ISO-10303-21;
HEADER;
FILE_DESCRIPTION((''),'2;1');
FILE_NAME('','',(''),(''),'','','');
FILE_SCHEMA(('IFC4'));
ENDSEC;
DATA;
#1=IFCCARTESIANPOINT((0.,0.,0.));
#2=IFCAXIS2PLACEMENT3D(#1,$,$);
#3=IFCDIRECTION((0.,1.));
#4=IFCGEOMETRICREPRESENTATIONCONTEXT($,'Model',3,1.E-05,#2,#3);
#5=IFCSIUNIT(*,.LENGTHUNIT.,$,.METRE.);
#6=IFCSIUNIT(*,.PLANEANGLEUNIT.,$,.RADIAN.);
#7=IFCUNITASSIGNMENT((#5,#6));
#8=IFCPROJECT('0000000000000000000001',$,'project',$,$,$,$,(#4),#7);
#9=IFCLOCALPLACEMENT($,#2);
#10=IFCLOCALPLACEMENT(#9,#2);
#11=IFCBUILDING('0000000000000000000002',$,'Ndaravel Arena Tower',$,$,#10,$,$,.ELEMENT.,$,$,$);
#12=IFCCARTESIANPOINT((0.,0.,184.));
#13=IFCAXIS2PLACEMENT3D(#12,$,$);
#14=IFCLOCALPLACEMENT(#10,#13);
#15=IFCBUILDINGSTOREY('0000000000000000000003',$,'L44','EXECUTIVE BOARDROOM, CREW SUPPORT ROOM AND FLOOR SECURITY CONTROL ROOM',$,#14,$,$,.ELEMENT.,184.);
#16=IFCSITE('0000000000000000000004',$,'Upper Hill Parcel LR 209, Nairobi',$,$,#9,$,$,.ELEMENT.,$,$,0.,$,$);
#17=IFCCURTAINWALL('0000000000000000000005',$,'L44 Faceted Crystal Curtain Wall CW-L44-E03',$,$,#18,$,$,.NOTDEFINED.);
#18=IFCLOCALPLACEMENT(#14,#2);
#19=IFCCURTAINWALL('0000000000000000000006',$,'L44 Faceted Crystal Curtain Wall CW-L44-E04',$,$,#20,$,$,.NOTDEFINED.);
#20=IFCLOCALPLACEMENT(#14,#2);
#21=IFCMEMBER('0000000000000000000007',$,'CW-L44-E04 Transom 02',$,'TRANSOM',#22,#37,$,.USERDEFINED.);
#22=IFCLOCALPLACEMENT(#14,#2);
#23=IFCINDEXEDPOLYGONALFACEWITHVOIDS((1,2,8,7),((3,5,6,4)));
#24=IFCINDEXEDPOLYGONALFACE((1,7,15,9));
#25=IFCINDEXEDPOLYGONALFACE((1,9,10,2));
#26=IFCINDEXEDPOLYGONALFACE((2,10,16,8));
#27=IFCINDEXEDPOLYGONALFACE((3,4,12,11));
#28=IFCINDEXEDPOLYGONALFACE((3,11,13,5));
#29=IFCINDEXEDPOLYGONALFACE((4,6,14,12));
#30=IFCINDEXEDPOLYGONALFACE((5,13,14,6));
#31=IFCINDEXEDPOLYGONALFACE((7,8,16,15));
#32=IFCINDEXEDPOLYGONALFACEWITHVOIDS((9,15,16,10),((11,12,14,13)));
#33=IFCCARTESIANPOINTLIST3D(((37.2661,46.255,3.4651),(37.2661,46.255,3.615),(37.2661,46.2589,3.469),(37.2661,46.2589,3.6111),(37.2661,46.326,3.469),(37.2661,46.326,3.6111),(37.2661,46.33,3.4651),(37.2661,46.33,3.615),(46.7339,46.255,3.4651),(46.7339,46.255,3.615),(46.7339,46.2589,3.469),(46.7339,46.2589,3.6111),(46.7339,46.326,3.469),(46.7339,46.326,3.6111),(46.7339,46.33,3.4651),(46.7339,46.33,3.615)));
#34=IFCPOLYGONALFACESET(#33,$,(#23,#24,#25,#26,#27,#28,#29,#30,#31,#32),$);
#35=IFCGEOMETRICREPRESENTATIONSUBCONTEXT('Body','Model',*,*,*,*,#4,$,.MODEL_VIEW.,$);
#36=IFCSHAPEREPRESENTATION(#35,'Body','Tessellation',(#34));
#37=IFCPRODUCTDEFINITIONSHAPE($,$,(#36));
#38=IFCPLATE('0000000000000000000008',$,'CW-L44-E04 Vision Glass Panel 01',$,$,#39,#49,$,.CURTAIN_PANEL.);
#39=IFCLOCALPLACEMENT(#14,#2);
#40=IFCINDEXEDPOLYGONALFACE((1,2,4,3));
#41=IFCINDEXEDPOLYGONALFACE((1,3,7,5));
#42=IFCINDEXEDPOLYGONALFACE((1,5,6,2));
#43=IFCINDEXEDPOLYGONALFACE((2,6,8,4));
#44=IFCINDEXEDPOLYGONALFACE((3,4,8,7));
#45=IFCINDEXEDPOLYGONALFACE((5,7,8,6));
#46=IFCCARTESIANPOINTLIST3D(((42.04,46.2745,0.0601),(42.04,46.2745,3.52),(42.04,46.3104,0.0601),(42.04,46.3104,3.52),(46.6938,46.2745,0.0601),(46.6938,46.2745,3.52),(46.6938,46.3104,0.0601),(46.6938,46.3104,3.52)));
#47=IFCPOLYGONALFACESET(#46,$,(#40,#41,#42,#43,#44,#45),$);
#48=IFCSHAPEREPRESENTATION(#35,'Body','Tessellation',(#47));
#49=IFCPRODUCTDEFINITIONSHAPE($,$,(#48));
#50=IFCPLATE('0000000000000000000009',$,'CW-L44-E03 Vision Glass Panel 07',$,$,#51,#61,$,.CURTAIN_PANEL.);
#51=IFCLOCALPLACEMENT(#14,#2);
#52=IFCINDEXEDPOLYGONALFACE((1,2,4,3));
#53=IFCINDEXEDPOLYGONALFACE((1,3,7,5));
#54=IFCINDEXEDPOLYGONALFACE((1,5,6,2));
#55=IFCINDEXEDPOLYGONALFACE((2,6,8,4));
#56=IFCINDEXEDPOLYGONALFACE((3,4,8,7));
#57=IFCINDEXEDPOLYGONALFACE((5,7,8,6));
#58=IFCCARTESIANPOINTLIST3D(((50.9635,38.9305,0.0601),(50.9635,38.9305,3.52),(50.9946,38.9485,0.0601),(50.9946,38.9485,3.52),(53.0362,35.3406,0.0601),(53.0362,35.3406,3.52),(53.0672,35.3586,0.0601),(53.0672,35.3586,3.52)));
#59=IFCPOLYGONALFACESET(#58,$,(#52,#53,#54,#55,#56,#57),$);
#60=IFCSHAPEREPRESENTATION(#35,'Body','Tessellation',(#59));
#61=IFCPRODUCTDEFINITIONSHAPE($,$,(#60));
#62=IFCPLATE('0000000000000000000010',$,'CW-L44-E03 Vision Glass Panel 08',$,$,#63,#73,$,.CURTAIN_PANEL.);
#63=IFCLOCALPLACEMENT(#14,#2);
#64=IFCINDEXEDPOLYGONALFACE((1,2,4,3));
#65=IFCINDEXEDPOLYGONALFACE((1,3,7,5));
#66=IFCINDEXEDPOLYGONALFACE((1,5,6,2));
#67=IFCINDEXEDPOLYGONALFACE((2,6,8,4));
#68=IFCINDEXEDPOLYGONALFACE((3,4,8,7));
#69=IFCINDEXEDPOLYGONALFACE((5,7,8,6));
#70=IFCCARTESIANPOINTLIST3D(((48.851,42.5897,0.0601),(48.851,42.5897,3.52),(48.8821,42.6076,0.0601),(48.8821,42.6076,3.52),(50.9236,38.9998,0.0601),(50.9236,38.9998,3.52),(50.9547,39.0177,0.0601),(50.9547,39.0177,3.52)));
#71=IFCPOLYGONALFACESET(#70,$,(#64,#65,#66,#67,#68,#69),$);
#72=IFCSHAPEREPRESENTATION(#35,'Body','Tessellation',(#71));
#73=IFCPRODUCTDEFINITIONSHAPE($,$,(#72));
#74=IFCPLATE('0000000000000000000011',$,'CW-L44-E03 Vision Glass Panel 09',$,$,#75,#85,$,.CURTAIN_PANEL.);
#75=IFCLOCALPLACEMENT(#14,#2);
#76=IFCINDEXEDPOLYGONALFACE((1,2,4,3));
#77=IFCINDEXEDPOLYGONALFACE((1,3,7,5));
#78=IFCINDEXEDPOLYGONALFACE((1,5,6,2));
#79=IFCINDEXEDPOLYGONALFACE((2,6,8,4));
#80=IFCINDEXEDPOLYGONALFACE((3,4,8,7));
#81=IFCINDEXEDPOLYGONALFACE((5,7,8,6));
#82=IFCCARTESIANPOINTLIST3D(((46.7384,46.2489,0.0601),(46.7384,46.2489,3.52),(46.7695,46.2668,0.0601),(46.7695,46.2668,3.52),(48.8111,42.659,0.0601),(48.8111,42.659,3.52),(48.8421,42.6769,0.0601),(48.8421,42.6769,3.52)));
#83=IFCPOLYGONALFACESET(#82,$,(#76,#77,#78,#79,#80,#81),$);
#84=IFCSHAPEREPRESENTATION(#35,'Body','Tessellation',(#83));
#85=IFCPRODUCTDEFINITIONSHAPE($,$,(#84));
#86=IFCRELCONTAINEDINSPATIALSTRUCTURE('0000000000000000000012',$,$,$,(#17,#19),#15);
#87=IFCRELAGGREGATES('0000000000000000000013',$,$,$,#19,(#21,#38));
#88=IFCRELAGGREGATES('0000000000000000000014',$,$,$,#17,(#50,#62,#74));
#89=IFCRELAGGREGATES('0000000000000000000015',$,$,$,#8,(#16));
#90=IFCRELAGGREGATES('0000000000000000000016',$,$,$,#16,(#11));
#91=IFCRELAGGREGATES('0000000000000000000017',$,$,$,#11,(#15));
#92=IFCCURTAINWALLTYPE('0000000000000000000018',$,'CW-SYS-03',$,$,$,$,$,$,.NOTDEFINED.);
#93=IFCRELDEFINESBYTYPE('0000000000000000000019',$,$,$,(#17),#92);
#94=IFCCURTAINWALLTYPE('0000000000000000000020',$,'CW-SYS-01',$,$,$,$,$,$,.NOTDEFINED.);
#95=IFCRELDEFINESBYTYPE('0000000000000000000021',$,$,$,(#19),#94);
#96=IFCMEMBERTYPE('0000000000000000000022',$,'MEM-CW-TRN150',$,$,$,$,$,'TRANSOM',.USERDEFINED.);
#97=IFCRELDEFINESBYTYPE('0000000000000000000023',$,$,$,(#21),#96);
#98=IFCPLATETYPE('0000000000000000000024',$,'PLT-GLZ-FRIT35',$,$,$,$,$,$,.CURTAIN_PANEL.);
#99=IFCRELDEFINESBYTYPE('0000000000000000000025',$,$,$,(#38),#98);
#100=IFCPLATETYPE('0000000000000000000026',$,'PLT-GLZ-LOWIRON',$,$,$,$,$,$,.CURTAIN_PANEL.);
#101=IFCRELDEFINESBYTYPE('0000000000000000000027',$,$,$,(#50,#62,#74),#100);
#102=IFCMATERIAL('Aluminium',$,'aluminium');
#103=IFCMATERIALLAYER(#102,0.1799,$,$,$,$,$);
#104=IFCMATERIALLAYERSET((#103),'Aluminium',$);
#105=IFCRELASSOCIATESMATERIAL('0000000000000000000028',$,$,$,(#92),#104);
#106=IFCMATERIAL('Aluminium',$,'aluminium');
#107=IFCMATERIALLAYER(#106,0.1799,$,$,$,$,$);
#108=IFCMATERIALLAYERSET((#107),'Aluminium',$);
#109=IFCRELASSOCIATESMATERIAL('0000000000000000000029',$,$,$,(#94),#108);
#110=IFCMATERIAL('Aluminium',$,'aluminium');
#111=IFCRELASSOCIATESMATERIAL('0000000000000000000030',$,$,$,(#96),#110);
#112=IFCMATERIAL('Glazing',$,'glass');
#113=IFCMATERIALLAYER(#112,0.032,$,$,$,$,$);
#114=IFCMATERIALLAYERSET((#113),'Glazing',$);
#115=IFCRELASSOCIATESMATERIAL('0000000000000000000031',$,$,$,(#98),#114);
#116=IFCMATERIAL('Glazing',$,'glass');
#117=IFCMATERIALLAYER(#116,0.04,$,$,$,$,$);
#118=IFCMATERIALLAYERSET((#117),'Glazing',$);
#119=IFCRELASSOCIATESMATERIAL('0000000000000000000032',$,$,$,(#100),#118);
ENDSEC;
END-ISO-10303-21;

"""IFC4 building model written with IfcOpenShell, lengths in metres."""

from ifc_helpers import new_model, si_unit, direction, frame, origin, origin_2d, place, context, subcontext, project, spatial, rectangle, hollow_rectangle, extrude, material, layer, layer_set, material_profile, profile_set, type_object, element, aggregate, save


model = new_model("IFC4")

# Units and contexts
model_context = context("Model", 3, precision=1e-05, world=origin(), true_north=direction((0.0, 1.0)))
body_context = subcontext(model_context, "Body", "Model", "MODEL_VIEW")
ifc_project = project(units=[si_unit("LENGTHUNIT", "METRE"), si_unit("PLANEANGLEUNIT", "RADIAN")], contexts=[model_context])

# Site, building, storey
site_placement = place(None, origin())
site = spatial("IfcSite", under=ifc_project, at=site_placement, Name="Upper Hill Parcel LR 209, Nairobi", CompositionType="ELEMENT", RefElevation=0.0)
building_placement = place(site_placement, origin())
building = spatial("IfcBuilding", under=site, at=building_placement, Name="Ndaravel Arena Tower", CompositionType="ELEMENT")
storey_placement = place(building_placement, frame((0.0, 0.0, 184.0)))
storey = spatial("IfcBuildingStorey", under=building, at=storey_placement, Name="L44", Description="EXECUTIVE BOARDROOM, CREW SUPPORT ROOM AND FLOOR SECURITY CONTROL ROOM", CompositionType="ELEMENT", Elevation=184.0)

# Curtain wall
ifc_material_1 = material(Name="Aluminium", Category="aluminium")
ifc_layer_1 = layer(ifc_material_1, 0.1799)
ifc_layer_set_1 = layer_set([ifc_layer_1], Name="Aluminium")
curtain_wall_type_1 = type_object("IfcCurtainWallType", Name="CW-SYS-03", PredefinedType="NOTDEFINED", material=ifc_layer_set_1)
curtain_wall_1_placement = place(storey_placement, origin())
curtain_wall_1 = element("IfcCurtainWall", 1, at=curtain_wall_1_placement, inside=storey, type_object=curtain_wall_type_1, Name="L44 Faceted Crystal Curtain Wall CW-L44-E03", PredefinedType="NOTDEFINED")

# Curtain wall, member, plate
ifc_material_2 = material(Name="Aluminium", Category="aluminium")
ifc_layer_2 = layer(ifc_material_2, 0.1799)
ifc_layer_set_2 = layer_set([ifc_layer_2], Name="Aluminium")
curtain_wall_type_2 = type_object("IfcCurtainWallType", Name="CW-SYS-01", PredefinedType="NOTDEFINED", material=ifc_layer_set_2)
curtain_wall_2_placement = place(storey_placement, origin())
curtain_wall_2 = element("IfcCurtainWall", 2, at=curtain_wall_2_placement, inside=storey, type_object=curtain_wall_type_2, Name="L44 Faceted Crystal Curtain Wall CW-L44-E04", PredefinedType="NOTDEFINED")
ifc_material_3 = material(Name="Aluminium", Category="aluminium")
ifc_material_profile_1 = material_profile(ifc_material_3, hollow_rectangle(XDim=0.075, YDim=0.1499, WallThickness=0.0039, at=origin_2d()), Name="CW TRANSOM 75x150x4")
ifc_profile_set_1 = profile_set([ifc_material_profile_1], Name="Aluminium")
member_type_1 = type_object("IfcMemberType", Name="MEM-CW-TRN150", ElementType="TRANSOM", PredefinedType="USERDEFINED", material=ifc_profile_set_1)
member_1_placement = place(storey_placement, frame((46.7339, 46.2925, 3.54), z_axis=(-1.0, 0.0, 0.0), x_axis=(0.0, -1.0, 0.0)))
member_1 = element("IfcMember", 3, at=member_1_placement, type_object=member_type_1, Name="CW-L44-E04 Transom 02", ObjectType="TRANSOM", PredefinedType="USERDEFINED", context=body_context, shape_type="SweptSolid", body=[
    extrude(hollow_rectangle(XDim=0.075, YDim=0.1499, WallThickness=0.0039, at=origin_2d()), origin(), (0.0, 0.0, 1.0), 9.4678),
])
ifc_material_4 = material(Name="Glazing", Category="glass")
ifc_layer_3 = layer(ifc_material_4, 0.032)
ifc_layer_set_3 = layer_set([ifc_layer_3], Name="Glazing")
plate_type_1 = type_object("IfcPlateType", Name="PLT-GLZ-FRIT35", PredefinedType="CURTAIN_PANEL", material=ifc_layer_set_3)
plate_1_placement = place(storey_placement, frame((44.3669, 46.2925, 0.0601), z_axis=(0.0, 0.0, 1.0), x_axis=(-1.0, 0.0, 0.0)))
plate_1 = element("IfcPlate", 4, at=plate_1_placement, type_object=plate_type_1, Name="CW-L44-E04 Vision Glass Panel 01", PredefinedType="CURTAIN_PANEL", context=body_context, shape_type="SweptSolid", body=[
    extrude(rectangle(XDim=4.6538, YDim=0.0359, at=origin_2d()), origin(), (0.0, 0.0, 1.0), 3.46),
])
aggregate(curtain_wall_2, [member_1, plate_1])

# Plates
ifc_material_5 = material(Name="Glazing", Category="glass")
ifc_layer_4 = layer(ifc_material_5, 0.04)
ifc_layer_set_4 = layer_set([ifc_layer_4], Name="Glazing")
plate_type_2 = type_object("IfcPlateType", Name="PLT-GLZ-LOWIRON", PredefinedType="CURTAIN_PANEL", material=ifc_layer_set_4)
plate_2_placement = place(storey_placement, frame((52.0154, 37.1445, 0.0601), z_axis=(0.0, 0.0, 1.0), x_axis=(-0.5, 0.866025, 0.0)))
plate_2 = element("IfcPlate", 5, at=plate_2_placement, type_object=plate_type_2, Name="CW-L44-E03 Vision Glass Panel 07", PredefinedType="CURTAIN_PANEL", context=body_context, shape_type="SweptSolid", body=[
    extrude(rectangle(XDim=4.1453, YDim=0.0359, at=origin_2d()), origin(), (0.0, 0.0, 1.0), 3.46),
])
plate_3_placement = place(storey_placement, frame((49.9028, 40.8037, 0.0601), z_axis=(0.0, 0.0, 1.0), x_axis=(-0.5, 0.866025, 0.0)))
plate_3 = element("IfcPlate", 6, at=plate_3_placement, type_object=plate_type_2, Name="CW-L44-E03 Vision Glass Panel 08", PredefinedType="CURTAIN_PANEL", context=body_context, shape_type="SweptSolid", body=[
    extrude(rectangle(XDim=4.1453, YDim=0.0359, at=origin_2d()), origin(), (0.0, 0.0, 1.0), 3.46),
])
plate_4_placement = place(storey_placement, frame((47.7903, 44.4629, 0.0601), z_axis=(0.0, 0.0, 1.0), x_axis=(-0.5, 0.866025, 0.0)))
plate_4 = element("IfcPlate", 7, at=plate_4_placement, type_object=plate_type_2, Name="CW-L44-E03 Vision Glass Panel 09", PredefinedType="CURTAIN_PANEL", context=body_context, shape_type="SweptSolid", body=[
    extrude(rectangle(XDim=4.1453, YDim=0.0359, at=origin_2d()), origin(), (0.0, 0.0, 1.0), 3.46),
])
aggregate(curtain_wall_1, [plate_2, plate_3, plate_4])

save(model, "model.ifc")
